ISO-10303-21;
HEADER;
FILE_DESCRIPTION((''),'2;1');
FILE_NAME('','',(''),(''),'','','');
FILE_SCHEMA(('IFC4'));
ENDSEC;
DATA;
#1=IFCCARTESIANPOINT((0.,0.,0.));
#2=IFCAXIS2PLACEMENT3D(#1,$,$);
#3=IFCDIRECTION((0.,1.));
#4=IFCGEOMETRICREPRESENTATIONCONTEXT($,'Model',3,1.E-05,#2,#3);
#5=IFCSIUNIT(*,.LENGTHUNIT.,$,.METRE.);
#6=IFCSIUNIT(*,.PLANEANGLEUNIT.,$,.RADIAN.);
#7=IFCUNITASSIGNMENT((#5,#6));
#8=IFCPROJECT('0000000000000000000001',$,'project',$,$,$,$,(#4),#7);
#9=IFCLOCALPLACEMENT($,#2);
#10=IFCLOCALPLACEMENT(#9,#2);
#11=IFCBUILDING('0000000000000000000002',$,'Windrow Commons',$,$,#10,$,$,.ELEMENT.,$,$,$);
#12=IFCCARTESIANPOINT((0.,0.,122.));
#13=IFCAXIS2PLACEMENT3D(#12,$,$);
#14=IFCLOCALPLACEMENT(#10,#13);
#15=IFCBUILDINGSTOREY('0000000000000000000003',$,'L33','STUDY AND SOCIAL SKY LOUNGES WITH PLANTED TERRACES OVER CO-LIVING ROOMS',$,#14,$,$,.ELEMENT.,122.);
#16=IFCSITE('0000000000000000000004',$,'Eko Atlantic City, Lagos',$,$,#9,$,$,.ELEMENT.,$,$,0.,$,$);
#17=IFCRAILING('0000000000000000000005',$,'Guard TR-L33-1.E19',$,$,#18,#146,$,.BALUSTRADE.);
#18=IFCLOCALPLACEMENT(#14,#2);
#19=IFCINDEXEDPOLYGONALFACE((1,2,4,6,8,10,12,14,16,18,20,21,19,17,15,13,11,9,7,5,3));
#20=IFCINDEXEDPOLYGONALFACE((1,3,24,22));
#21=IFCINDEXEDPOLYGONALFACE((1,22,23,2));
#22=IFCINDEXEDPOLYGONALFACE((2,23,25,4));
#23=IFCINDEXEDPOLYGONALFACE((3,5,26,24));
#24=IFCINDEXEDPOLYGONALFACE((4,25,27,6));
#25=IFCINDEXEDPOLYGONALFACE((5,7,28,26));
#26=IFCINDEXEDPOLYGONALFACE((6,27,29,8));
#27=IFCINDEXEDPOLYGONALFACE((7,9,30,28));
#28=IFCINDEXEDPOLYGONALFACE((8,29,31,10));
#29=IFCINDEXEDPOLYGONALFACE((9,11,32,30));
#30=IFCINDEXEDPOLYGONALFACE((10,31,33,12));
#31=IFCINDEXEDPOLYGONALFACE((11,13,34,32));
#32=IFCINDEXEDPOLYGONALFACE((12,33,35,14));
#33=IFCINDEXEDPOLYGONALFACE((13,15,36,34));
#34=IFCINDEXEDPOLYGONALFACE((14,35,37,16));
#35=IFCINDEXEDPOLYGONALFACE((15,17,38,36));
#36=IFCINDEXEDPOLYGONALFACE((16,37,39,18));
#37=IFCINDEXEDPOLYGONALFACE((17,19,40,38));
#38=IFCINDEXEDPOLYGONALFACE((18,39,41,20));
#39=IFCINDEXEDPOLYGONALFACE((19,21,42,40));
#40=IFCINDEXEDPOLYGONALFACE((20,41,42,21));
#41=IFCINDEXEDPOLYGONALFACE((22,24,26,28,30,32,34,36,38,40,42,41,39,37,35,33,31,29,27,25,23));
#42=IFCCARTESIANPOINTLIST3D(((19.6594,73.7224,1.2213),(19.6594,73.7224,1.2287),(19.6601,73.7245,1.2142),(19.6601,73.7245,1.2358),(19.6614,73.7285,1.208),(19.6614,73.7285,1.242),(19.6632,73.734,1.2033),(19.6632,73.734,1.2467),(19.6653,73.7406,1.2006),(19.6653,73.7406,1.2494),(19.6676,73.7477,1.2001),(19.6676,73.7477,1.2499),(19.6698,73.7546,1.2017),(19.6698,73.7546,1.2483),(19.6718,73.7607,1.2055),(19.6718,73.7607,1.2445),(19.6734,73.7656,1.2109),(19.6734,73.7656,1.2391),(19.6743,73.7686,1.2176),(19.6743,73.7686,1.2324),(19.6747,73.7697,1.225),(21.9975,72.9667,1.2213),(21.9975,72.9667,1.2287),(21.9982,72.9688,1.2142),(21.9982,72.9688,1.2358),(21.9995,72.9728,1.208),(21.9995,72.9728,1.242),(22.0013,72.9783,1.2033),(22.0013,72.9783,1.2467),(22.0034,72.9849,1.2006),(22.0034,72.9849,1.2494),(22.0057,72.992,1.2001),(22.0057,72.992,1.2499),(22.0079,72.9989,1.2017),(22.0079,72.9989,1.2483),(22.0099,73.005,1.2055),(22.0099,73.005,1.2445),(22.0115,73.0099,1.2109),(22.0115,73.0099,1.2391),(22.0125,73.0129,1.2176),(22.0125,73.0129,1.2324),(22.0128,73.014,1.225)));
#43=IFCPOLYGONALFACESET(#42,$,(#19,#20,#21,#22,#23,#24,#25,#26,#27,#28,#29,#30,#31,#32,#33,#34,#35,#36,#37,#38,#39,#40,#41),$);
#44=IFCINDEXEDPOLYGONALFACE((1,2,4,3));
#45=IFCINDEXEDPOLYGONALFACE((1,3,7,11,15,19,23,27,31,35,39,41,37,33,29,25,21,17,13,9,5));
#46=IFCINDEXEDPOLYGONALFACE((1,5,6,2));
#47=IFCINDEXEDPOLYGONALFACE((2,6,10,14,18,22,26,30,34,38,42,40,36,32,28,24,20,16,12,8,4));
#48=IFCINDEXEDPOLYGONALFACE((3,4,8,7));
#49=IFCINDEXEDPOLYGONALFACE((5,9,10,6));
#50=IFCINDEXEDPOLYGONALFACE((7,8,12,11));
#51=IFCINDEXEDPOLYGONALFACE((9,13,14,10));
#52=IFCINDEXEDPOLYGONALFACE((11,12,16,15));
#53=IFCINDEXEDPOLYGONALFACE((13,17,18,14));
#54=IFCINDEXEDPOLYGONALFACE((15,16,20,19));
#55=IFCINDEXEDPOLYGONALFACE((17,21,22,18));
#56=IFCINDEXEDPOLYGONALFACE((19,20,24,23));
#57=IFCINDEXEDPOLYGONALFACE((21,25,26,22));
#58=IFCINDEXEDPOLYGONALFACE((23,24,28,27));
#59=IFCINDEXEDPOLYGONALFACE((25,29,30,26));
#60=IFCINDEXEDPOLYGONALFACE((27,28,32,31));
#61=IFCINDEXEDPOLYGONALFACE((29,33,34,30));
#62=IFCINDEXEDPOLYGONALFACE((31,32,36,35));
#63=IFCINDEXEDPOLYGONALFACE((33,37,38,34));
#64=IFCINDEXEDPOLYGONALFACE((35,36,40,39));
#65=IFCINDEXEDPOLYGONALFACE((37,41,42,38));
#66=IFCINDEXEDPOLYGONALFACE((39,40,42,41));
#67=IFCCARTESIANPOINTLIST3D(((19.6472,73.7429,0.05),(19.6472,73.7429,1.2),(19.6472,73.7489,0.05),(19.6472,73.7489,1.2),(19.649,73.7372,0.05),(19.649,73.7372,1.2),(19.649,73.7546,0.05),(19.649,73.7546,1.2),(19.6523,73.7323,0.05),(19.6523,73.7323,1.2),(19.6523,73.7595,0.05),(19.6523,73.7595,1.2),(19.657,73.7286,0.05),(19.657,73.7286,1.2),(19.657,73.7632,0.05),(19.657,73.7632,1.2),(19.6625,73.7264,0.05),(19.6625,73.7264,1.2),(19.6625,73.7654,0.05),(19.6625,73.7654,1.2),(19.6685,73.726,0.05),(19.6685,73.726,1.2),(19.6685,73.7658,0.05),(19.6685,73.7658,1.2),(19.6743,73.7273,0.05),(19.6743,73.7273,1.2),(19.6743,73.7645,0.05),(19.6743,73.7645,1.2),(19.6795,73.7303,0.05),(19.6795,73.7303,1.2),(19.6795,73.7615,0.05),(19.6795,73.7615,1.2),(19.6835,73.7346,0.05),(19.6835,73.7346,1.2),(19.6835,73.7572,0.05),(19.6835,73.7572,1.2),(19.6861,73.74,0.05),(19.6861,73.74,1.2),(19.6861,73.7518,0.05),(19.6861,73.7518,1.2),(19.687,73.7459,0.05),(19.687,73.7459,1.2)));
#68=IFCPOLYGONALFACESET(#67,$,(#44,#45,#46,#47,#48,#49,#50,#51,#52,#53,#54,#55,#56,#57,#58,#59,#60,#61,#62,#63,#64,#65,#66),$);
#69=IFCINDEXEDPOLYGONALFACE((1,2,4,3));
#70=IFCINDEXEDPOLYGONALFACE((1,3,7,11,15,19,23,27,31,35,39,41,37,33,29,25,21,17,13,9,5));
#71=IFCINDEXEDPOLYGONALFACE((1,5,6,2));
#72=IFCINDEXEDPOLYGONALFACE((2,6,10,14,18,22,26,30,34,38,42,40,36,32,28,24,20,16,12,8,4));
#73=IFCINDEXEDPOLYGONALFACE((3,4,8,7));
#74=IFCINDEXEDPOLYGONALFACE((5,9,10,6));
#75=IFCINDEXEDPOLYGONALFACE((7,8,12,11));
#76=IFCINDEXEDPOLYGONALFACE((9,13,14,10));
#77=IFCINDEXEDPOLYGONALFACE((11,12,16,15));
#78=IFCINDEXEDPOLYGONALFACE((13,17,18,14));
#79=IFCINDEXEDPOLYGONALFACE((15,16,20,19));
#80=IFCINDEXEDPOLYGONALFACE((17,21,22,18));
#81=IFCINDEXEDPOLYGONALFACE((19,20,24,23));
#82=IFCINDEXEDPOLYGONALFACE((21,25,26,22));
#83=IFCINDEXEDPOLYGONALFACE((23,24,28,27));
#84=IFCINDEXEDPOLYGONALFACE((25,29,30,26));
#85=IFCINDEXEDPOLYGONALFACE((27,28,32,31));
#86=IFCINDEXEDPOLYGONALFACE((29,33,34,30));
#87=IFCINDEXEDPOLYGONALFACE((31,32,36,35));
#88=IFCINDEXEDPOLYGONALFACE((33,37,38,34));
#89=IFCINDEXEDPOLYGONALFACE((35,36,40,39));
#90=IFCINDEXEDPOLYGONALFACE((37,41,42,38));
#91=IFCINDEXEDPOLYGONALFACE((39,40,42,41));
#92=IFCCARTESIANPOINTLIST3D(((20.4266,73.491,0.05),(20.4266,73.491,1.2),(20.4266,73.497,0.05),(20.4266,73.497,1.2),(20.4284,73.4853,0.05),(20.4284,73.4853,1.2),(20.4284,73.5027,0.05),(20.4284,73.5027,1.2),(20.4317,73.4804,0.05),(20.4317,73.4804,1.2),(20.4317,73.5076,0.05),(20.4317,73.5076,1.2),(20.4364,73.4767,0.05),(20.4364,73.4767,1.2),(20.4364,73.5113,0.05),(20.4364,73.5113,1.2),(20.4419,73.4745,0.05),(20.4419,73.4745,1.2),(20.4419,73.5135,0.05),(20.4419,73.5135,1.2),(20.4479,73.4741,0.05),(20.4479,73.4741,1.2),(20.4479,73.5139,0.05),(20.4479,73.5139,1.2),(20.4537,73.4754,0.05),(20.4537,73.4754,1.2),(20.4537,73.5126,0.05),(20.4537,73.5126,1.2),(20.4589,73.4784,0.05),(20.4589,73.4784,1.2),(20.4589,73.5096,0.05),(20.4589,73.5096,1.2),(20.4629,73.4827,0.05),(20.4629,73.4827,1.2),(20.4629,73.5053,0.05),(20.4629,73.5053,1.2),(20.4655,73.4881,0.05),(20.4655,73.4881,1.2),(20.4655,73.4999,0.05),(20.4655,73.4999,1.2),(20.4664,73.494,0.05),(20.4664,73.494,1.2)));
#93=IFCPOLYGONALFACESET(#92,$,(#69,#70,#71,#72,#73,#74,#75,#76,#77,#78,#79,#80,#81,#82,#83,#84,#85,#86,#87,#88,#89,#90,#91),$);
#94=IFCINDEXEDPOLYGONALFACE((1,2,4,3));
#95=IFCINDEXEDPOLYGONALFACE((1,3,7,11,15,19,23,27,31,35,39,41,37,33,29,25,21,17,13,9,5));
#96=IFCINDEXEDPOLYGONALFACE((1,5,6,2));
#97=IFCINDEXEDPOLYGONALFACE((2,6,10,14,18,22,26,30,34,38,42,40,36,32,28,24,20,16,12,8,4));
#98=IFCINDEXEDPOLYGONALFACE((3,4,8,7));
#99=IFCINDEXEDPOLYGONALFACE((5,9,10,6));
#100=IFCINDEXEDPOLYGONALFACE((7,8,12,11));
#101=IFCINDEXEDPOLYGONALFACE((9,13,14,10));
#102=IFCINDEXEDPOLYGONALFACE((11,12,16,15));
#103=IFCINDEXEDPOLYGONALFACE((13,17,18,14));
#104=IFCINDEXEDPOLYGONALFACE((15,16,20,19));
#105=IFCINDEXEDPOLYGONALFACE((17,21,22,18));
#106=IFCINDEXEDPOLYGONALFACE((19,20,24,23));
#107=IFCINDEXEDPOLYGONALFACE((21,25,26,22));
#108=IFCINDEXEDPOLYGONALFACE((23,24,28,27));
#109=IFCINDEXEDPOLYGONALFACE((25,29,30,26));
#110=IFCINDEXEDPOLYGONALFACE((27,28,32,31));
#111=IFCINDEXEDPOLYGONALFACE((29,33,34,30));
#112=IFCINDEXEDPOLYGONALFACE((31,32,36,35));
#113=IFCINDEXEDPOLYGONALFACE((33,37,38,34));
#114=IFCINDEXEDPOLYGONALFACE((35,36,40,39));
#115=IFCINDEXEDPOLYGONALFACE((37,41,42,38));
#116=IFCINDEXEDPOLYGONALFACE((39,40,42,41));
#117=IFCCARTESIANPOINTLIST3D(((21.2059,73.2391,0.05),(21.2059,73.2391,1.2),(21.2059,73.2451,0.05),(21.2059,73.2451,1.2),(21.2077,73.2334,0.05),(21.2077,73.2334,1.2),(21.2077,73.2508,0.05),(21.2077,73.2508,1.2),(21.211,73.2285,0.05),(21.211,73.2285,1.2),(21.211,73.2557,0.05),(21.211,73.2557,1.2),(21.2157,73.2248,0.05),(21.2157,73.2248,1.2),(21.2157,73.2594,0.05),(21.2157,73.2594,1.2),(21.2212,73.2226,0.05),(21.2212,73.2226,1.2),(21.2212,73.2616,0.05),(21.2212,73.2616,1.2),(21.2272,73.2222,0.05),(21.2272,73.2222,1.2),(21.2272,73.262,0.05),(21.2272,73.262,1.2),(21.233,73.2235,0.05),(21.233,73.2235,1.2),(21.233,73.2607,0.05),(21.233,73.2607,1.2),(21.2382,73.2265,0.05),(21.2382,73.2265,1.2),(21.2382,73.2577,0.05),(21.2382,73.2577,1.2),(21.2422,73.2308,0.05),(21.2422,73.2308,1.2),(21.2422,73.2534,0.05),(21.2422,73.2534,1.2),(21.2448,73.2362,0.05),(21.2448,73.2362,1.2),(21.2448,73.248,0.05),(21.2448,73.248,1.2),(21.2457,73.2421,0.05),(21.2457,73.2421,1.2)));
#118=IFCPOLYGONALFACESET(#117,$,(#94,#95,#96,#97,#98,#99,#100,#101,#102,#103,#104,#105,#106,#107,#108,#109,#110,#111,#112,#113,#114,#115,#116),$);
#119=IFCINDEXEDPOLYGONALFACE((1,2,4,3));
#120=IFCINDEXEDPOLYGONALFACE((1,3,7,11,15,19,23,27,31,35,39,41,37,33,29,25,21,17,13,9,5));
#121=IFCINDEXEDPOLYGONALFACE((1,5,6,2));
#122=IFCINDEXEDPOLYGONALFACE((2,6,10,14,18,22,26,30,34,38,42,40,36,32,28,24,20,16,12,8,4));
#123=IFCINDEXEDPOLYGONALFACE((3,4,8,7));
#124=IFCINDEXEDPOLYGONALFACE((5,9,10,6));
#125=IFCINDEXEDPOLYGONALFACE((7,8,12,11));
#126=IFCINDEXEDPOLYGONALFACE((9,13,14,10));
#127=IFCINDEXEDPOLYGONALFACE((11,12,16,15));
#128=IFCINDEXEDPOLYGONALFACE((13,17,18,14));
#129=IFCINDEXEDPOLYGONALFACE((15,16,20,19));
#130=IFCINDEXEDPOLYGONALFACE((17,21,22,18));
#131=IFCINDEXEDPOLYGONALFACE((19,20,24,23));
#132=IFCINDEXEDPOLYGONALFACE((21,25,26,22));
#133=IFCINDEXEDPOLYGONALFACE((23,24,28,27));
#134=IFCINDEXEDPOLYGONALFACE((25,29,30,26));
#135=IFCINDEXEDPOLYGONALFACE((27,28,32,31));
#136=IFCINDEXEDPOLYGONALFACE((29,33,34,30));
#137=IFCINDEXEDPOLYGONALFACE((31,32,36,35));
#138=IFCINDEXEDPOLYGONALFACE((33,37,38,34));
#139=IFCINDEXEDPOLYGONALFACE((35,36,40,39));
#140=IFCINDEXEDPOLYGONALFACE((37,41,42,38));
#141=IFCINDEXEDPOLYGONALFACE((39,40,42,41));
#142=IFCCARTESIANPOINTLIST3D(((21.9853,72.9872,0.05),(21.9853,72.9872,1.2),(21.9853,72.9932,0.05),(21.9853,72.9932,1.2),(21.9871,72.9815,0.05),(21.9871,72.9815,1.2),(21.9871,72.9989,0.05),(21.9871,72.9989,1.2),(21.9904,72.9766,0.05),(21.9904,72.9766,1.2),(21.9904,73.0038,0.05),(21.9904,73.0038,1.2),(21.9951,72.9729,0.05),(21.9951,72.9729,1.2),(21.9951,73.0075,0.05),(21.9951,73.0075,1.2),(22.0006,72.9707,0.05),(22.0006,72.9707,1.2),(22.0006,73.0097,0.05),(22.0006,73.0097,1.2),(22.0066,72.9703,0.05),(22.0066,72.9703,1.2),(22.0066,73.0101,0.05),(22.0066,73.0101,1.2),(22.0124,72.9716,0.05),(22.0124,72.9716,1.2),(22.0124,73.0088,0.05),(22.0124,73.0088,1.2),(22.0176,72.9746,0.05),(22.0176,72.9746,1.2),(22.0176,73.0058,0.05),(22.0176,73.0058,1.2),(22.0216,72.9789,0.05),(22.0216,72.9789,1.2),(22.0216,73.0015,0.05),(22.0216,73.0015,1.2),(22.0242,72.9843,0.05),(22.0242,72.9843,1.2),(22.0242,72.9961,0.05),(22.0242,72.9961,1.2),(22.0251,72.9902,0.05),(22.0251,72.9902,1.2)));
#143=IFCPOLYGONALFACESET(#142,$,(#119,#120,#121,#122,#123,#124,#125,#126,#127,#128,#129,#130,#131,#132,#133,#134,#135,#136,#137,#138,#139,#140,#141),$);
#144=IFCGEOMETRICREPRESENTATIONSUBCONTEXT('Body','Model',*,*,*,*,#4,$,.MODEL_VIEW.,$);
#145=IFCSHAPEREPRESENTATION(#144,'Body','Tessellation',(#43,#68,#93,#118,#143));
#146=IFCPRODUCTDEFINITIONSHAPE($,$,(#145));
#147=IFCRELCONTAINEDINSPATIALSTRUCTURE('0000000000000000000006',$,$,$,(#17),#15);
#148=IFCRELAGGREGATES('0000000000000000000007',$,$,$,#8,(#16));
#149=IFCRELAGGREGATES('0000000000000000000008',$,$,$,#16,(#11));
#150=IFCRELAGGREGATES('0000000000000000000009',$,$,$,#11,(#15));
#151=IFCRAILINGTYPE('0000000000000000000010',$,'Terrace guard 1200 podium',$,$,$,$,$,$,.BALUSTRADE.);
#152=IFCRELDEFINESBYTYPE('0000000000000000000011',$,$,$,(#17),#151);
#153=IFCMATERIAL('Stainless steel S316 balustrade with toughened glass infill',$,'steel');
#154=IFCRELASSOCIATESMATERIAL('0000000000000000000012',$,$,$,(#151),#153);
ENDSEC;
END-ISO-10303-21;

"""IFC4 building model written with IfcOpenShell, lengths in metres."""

from ifc_helpers import new_model, si_unit, direction, frame, origin, origin_2d, place, context, subcontext, project, spatial, circle, extrude, material, type_object, element, save


model = new_model("IFC4")

# Units and contexts
model_context = context("Model", 3, precision=1e-05, world=origin(), true_north=direction((0.0, 1.0)))
body_context = subcontext(model_context, "Body", "Model", "MODEL_VIEW")
ifc_project = project(units=[si_unit("LENGTHUNIT", "METRE"), si_unit("PLANEANGLEUNIT", "RADIAN")], contexts=[model_context])

# Site, building, storey
site_placement = place(None, origin())
site = spatial("IfcSite", under=ifc_project, at=site_placement, Name="Eko Atlantic City, Lagos", CompositionType="ELEMENT", RefElevation=0.0)
building_placement = place(site_placement, origin())
building = spatial("IfcBuilding", under=site, at=building_placement, Name="Windrow Commons", CompositionType="ELEMENT")
storey_placement = place(building_placement, frame((0.0, 0.0, 122.0)))
storey = spatial("IfcBuildingStorey", under=building, at=storey_placement, Name="L33", Description="STUDY AND SOCIAL SKY LOUNGES WITH PLANTED TERRACES OVER CO-LIVING ROOMS", CompositionType="ELEMENT", Elevation=122.0)

# Railing
ifc_material_1 = material(Name="Stainless steel S316 balustrade with toughened glass infill", Category="steel")
railing_type = type_object("IfcRailingType", Name="Terrace guard 1200 podium", PredefinedType="BALUSTRADE", material=ifc_material_1)
railing_1_placement = place(storey_placement, frame((19.667, 73.7459, 0.05)))
element("IfcRailing", 1, at=railing_1_placement, inside=storey, type_object=railing_type, Name="Guard TR-L33-1.E19", PredefinedType="BALUSTRADE", context=body_context, shape_type="SweptSolid", body=[
    extrude(circle(Radius=0.025, at=origin_2d()), frame((0.0, 0.0, 1.175), z_axis=(0.951533, -0.307546, 0.0), x_axis=(0.307546, 0.951533, 0.0)), (0.0, 0.0, 1.0), 2.4572),
    extrude(circle(Radius=0.02, at=origin_2d()), origin(), (0.0, 0.0, 1.0), 1.15),
    extrude(circle(Radius=0.02, at=origin_2d()), frame((0.7794, -0.2519, 0.0)), (0.0, 0.0, 1.0), 1.15),
    extrude(circle(Radius=0.02, at=origin_2d()), frame((1.5587, -0.5038, 0.0)), (0.0, 0.0, 1.0), 1.15),
    extrude(circle(Radius=0.02, at=origin_2d()), frame((2.3381, -0.7557, 0.0)), (0.0, 0.0, 1.0), 1.15),
])

save(model, "model.ifc")
